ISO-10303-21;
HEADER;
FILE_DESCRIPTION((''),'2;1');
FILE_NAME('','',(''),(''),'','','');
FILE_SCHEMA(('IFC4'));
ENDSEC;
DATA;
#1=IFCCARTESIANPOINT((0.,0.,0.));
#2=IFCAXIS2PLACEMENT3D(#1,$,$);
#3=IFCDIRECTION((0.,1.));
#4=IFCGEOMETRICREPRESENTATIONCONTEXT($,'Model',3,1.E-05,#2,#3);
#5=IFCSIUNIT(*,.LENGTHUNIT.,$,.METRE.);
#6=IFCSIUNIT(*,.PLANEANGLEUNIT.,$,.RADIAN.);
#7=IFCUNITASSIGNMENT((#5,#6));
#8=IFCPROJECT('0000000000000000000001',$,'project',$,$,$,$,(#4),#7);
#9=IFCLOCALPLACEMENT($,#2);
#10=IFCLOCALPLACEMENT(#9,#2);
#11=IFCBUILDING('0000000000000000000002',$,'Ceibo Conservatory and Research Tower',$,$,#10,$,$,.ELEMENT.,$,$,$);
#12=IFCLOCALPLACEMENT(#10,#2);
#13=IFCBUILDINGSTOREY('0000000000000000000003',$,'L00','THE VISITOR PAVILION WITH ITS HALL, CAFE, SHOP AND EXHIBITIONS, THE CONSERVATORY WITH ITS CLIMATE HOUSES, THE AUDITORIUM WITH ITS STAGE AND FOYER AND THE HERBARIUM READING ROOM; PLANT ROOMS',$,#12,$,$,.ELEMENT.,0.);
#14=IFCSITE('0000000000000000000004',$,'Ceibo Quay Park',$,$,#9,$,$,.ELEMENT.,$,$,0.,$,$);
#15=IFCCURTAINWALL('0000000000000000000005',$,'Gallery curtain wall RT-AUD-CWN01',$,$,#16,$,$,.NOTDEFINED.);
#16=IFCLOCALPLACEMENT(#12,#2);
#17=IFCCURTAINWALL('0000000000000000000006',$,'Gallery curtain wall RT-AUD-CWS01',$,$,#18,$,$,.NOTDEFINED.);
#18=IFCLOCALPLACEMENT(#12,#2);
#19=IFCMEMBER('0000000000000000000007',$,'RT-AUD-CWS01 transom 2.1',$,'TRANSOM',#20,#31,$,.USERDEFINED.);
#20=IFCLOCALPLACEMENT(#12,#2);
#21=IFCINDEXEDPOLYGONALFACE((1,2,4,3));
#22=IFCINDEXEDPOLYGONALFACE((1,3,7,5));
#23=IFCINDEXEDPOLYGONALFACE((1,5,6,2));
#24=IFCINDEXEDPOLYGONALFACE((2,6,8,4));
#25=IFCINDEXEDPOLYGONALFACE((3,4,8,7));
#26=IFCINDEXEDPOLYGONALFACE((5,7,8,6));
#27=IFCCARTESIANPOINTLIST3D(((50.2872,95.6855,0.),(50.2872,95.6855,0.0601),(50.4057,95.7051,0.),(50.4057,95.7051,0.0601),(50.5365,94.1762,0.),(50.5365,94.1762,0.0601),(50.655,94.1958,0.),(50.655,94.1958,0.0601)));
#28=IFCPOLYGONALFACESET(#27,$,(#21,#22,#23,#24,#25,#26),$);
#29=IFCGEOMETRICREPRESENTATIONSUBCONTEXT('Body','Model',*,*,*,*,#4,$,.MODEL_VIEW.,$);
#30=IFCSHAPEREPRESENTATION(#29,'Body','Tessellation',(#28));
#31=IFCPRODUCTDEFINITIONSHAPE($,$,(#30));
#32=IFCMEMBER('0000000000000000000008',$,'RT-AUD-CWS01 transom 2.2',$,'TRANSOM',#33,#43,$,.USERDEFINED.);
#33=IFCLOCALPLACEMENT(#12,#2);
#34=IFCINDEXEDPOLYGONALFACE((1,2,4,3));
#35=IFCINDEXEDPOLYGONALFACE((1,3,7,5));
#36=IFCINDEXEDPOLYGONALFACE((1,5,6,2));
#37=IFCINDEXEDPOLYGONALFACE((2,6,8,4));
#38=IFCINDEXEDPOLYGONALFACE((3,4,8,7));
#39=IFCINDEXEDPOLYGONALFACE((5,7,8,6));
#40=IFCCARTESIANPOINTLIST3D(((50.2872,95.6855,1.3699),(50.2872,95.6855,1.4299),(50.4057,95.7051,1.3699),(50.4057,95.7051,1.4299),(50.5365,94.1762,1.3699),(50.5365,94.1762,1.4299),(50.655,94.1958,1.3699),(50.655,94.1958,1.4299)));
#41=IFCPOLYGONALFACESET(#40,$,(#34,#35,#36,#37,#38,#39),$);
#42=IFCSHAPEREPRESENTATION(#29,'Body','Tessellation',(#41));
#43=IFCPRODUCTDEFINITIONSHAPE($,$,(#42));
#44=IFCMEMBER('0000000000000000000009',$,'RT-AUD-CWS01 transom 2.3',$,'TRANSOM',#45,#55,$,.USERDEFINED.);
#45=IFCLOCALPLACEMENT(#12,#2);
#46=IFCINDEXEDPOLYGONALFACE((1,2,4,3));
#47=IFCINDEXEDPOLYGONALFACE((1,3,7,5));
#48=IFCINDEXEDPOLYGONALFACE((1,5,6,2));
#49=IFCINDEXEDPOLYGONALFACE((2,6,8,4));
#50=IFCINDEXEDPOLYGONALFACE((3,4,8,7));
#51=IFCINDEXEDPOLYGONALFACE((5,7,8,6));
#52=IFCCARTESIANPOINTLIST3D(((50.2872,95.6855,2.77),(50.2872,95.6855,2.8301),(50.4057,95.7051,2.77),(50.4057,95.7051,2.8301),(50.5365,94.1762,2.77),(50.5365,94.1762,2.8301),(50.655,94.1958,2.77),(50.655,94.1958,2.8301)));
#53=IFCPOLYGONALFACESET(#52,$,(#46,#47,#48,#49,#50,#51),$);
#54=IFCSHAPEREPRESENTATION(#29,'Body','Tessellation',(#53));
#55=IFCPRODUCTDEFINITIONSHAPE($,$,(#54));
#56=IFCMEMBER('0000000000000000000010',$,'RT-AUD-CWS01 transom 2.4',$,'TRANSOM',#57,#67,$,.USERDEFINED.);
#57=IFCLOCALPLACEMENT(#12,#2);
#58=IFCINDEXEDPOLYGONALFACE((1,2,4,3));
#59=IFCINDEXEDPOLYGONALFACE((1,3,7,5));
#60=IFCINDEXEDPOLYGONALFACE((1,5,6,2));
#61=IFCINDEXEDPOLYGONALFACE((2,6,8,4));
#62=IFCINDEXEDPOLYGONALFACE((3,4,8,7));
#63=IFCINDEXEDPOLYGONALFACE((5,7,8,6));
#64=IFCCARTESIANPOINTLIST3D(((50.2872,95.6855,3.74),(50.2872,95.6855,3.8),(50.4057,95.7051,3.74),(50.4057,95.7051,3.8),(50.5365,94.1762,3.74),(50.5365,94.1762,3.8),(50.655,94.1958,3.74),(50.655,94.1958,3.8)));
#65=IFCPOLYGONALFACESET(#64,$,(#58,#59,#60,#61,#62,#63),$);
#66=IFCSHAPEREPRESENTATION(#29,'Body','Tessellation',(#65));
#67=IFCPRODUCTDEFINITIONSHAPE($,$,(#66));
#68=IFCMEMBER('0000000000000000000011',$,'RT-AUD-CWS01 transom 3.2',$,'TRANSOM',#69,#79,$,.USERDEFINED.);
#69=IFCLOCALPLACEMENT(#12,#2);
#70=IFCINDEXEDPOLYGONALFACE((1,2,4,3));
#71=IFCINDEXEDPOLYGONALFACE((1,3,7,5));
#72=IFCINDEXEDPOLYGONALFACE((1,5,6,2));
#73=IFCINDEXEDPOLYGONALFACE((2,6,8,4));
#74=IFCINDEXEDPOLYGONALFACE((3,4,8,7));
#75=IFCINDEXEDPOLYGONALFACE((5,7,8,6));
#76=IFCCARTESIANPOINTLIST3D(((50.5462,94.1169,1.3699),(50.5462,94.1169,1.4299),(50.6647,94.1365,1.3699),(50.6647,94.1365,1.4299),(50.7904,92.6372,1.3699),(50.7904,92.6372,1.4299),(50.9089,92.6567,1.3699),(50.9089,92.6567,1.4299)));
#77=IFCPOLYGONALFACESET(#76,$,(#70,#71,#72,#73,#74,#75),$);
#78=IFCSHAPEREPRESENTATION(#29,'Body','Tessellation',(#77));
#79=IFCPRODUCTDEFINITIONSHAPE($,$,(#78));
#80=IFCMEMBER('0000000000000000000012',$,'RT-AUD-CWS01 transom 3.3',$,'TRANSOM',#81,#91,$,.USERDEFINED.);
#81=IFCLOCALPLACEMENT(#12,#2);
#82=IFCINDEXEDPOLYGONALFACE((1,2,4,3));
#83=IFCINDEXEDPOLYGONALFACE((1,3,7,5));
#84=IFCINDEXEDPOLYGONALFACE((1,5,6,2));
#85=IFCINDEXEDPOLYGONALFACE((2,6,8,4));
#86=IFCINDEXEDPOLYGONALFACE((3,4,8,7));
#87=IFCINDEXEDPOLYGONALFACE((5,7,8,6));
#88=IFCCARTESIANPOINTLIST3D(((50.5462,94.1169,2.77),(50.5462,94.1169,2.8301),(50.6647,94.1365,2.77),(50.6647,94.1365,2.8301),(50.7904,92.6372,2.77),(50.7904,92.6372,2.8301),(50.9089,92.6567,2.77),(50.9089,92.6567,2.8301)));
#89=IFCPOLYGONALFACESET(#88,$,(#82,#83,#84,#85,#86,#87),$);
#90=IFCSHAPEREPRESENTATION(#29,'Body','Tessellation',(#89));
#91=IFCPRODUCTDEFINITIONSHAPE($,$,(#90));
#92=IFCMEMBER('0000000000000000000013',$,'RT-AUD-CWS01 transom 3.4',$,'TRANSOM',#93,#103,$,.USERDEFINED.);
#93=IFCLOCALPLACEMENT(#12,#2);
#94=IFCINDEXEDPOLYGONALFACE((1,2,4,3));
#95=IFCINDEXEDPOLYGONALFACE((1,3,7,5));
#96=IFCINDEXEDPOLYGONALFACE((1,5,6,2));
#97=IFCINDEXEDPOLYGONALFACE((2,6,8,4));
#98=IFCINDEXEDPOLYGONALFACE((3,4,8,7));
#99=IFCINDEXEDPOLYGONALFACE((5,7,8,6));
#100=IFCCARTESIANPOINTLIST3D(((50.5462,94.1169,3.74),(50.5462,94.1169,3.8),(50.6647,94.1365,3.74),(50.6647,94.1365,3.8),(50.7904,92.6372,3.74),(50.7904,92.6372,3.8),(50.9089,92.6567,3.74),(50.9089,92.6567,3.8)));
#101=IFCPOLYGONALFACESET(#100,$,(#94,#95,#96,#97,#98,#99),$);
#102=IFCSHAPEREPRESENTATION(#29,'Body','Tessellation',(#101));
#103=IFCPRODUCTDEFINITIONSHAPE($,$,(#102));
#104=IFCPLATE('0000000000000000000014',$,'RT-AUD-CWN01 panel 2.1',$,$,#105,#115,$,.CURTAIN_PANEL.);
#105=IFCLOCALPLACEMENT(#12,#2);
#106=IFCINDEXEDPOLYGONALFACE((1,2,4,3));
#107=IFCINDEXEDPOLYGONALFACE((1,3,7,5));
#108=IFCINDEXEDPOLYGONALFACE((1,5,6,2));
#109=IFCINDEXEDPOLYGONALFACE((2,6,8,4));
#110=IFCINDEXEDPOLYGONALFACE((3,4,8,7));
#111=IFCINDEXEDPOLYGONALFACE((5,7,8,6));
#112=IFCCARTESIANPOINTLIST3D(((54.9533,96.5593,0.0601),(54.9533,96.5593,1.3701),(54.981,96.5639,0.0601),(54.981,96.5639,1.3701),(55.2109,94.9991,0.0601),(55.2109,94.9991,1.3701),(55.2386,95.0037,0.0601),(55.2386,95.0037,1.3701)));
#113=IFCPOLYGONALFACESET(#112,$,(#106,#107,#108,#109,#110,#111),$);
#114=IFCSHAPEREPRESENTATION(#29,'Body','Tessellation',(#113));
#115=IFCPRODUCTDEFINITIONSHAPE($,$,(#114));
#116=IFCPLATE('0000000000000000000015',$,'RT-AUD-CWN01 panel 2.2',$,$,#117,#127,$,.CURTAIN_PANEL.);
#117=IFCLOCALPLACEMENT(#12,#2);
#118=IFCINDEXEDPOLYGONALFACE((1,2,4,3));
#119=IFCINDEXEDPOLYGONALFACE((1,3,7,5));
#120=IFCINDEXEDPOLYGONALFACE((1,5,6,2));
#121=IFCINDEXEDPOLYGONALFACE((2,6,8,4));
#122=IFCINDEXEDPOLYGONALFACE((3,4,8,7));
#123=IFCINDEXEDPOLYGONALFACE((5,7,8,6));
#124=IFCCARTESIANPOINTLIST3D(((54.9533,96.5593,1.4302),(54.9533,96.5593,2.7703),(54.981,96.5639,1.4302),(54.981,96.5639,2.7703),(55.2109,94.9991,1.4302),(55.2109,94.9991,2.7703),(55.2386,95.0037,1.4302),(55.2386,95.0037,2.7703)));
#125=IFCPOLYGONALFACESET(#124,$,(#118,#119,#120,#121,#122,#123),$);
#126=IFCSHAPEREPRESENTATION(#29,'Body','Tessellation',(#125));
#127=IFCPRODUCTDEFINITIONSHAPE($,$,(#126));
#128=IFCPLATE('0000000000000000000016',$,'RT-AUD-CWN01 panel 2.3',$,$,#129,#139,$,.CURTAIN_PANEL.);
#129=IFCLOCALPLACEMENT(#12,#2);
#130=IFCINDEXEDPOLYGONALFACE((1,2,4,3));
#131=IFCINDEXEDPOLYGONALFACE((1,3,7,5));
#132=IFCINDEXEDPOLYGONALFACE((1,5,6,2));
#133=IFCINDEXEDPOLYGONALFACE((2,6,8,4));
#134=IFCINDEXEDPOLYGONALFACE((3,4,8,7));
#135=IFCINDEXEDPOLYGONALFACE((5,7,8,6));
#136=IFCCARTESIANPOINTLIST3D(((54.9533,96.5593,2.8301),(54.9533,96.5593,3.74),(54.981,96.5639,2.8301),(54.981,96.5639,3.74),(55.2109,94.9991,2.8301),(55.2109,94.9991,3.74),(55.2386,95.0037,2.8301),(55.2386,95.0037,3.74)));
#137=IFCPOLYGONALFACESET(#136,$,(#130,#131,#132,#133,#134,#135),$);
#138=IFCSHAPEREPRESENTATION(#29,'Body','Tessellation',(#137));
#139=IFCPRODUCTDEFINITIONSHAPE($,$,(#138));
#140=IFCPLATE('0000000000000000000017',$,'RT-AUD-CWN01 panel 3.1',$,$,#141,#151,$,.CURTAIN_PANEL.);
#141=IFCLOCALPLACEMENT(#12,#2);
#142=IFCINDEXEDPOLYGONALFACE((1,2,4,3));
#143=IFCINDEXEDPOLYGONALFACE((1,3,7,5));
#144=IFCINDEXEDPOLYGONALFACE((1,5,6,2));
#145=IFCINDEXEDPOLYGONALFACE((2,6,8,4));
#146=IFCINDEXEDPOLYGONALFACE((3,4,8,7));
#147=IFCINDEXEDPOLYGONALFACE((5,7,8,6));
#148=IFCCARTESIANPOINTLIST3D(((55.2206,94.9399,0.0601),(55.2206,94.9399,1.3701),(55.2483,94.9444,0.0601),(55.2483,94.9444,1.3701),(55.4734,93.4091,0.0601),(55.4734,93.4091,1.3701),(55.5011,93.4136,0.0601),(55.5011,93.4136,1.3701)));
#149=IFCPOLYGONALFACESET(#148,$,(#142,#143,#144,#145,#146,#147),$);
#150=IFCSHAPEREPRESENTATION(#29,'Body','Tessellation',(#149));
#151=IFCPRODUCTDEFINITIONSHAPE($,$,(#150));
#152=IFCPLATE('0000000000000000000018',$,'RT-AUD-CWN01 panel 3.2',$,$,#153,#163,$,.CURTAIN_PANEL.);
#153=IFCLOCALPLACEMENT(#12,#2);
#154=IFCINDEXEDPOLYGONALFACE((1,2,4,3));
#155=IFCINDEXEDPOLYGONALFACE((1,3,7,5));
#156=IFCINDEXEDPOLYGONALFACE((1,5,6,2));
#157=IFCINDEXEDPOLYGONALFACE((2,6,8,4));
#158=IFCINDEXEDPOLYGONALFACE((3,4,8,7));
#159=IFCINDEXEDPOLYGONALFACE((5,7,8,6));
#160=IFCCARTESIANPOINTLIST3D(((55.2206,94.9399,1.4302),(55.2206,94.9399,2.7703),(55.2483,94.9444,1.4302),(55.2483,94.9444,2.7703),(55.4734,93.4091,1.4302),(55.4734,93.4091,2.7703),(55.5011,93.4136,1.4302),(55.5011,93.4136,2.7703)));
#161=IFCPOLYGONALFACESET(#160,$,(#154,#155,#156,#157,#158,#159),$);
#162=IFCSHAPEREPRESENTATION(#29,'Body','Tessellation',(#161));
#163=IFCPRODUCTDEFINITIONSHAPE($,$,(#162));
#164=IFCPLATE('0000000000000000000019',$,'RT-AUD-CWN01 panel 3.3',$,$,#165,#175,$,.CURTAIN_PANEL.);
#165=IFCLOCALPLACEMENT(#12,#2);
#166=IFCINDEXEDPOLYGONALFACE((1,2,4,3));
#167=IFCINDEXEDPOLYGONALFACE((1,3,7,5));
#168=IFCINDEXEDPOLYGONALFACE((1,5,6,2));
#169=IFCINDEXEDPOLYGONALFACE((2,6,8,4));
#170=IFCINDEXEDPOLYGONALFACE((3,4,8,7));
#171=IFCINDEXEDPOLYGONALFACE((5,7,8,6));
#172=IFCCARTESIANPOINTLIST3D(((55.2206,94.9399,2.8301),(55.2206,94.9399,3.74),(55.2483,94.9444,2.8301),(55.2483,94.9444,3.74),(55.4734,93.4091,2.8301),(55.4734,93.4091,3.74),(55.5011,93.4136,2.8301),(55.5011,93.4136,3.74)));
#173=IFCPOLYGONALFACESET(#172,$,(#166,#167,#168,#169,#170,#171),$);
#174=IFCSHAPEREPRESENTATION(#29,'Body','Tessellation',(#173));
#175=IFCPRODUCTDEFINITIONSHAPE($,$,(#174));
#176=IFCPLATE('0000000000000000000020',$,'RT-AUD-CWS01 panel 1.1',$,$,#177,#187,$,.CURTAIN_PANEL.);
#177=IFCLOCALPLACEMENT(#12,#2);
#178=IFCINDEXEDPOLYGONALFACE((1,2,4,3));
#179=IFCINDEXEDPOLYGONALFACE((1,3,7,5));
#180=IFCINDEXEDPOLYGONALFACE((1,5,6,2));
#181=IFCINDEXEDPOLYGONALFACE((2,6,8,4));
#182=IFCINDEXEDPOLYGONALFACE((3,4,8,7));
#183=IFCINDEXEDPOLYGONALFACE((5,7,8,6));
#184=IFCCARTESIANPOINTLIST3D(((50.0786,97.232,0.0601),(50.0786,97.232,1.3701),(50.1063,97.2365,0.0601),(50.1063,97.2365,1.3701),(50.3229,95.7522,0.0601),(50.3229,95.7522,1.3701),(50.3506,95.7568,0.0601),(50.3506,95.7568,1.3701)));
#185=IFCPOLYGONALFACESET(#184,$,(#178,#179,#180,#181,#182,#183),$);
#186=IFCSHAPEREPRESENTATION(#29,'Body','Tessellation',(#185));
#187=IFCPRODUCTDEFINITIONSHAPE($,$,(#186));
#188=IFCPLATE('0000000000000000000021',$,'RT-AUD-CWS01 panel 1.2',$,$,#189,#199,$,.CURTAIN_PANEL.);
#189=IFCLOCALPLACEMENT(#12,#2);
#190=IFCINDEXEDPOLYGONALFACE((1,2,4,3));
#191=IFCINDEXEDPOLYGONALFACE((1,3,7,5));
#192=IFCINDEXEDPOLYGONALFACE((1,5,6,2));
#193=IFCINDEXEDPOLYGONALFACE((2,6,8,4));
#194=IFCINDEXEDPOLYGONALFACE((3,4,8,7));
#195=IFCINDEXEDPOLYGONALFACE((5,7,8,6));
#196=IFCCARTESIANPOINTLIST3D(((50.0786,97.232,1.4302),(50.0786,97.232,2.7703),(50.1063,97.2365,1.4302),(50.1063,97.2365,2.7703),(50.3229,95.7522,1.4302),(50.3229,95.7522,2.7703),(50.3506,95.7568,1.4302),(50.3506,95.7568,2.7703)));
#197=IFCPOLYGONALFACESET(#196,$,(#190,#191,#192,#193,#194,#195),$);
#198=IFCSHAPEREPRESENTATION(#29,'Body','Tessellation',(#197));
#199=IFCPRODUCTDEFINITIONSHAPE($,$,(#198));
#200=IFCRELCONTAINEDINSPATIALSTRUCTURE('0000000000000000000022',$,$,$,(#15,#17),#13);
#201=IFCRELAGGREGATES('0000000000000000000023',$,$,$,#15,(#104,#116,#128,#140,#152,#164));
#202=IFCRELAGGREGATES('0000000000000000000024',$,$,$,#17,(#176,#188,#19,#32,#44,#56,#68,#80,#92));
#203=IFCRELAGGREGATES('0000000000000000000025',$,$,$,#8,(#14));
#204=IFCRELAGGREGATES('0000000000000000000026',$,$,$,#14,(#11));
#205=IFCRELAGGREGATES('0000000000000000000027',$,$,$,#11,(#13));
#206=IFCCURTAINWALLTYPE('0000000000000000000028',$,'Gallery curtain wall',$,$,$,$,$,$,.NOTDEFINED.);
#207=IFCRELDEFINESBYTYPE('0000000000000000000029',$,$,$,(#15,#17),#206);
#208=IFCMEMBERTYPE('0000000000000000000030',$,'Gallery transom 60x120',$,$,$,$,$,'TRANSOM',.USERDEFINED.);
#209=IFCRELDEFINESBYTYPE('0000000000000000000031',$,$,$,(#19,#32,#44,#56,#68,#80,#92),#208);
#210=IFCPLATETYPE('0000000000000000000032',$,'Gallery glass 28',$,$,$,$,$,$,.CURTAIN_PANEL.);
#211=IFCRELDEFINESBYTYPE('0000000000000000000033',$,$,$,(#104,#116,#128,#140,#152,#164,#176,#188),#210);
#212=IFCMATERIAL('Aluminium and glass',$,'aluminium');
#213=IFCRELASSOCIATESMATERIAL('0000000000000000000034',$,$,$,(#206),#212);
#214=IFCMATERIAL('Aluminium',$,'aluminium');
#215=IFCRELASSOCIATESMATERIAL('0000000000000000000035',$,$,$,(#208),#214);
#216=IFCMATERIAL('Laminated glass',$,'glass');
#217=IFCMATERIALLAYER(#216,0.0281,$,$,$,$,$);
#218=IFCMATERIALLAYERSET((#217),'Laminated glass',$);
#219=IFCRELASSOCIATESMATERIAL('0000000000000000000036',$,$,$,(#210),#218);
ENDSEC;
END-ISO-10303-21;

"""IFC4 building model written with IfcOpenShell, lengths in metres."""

from ifc_helpers import new_model, si_unit, direction, frame, origin, origin_2d, place, context, subcontext, project, spatial, rectangle, extrude, material, layer, layer_set, material_profile, profile_set, type_object, element, aggregate, save


model = new_model("IFC4")

# Units and contexts
model_context = context("Model", 3, precision=1e-05, world=origin(), true_north=direction((0.0, 1.0)))
body_context = subcontext(model_context, "Body", "Model", "MODEL_VIEW")
ifc_project = project(units=[si_unit("LENGTHUNIT", "METRE"), si_unit("PLANEANGLEUNIT", "RADIAN")], contexts=[model_context])

# Site, building, storey
site_placement = place(None, origin())
site = spatial("IfcSite", under=ifc_project, at=site_placement, Name="Ceibo Quay Park", CompositionType="ELEMENT", RefElevation=0.0)
building_placement = place(site_placement, origin())
building = spatial("IfcBuilding", under=site, at=building_placement, Name="Ceibo Conservatory and Research Tower", CompositionType="ELEMENT")
storey_placement = place(building_placement, origin())
storey = spatial("IfcBuildingStorey", under=building, at=storey_placement, Name="L00", Description="THE VISITOR PAVILION WITH ITS HALL, CAFE, SHOP AND EXHIBITIONS, THE CONSERVATORY WITH ITS CLIMATE HOUSES, THE AUDITORIUM WITH ITS STAGE AND FOYER AND THE HERBARIUM READING ROOM; PLANT ROOMS", CompositionType="ELEMENT", Elevation=0.0)

# Curtain walls
ifc_material_1 = material(Name="Aluminium and glass", Category="aluminium")
curtain_wall_type = type_object("IfcCurtainWallType", Name="Gallery curtain wall", PredefinedType="NOTDEFINED", material=ifc_material_1)
curtain_wall_1_placement = place(storey_placement, origin())
curtain_wall_1 = element("IfcCurtainWall", 1, at=curtain_wall_1_placement, inside=storey, type_object=curtain_wall_type, Name="Gallery curtain wall RT-AUD-CWN01", PredefinedType="NOTDEFINED")
ifc_material_2 = material(Name="Aluminium", Category="aluminium")
curtain_wall_2_placement = place(storey_placement, origin())
curtain_wall_2 = element("IfcCurtainWall", 2, at=curtain_wall_2_placement, inside=storey, type_object=curtain_wall_type, Name="Gallery curtain wall RT-AUD-CWS01", PredefinedType="NOTDEFINED")

# Members
ifc_material_profile_1 = material_profile(ifc_material_2, rectangle(XDim=0.1201, YDim=0.0601, at=origin_2d()), Name="AL 60x120")
ifc_profile_set_1 = profile_set([ifc_material_profile_1], Name="Aluminium")
member_type_1 = type_object("IfcMemberType", Name="Gallery transom 60x120", ElementType="TRANSOM", PredefinedType="USERDEFINED", material=ifc_profile_set_1)
member_1_placement = place(storey_placement, frame((50.3464, 95.6953, 0.03), z_axis=(0.162949, -0.986634, 0.0), x_axis=(0.986634, 0.162949, 0.0)))
member_1 = element("IfcMember", 3, at=member_1_placement, type_object=member_type_1, Name="RT-AUD-CWS01 transom 2.1", ObjectType="TRANSOM", PredefinedType="USERDEFINED", context=body_context, shape_type="SweptSolid", body=[
    extrude(rectangle(XDim=0.1201, YDim=0.0601, at=origin_2d()), origin(), (0.0, 0.0, 1.0), 1.5298),
])
member_2_placement = place(storey_placement, frame((50.3464, 95.6953, 1.3999), z_axis=(0.162949, -0.986634, 0.0), x_axis=(0.986634, 0.162949, 0.0)))
member_2 = element("IfcMember", 4, at=member_2_placement, type_object=member_type_1, Name="RT-AUD-CWS01 transom 2.2", ObjectType="TRANSOM", PredefinedType="USERDEFINED", context=body_context, shape_type="SweptSolid", body=[
    extrude(rectangle(XDim=0.1201, YDim=0.0601, at=origin_2d()), origin(), (0.0, 0.0, 1.0), 1.5298),
])
member_3_placement = place(storey_placement, frame((50.3464, 95.6953, 2.8), z_axis=(0.162949, -0.986634, 0.0), x_axis=(0.986634, 0.162949, 0.0)))
member_3 = element("IfcMember", 5, at=member_3_placement, type_object=member_type_1, Name="RT-AUD-CWS01 transom 2.3", ObjectType="TRANSOM", PredefinedType="USERDEFINED", context=body_context, shape_type="SweptSolid", body=[
    extrude(rectangle(XDim=0.1201, YDim=0.0601, at=origin_2d()), origin(), (0.0, 0.0, 1.0), 1.5298),
])
member_4_placement = place(storey_placement, frame((50.3464, 95.6953, 3.77), z_axis=(0.162949, -0.986634, 0.0), x_axis=(0.986634, 0.162949, 0.0)))
member_4 = element("IfcMember", 6, at=member_4_placement, type_object=member_type_1, Name="RT-AUD-CWS01 transom 2.4", ObjectType="TRANSOM", PredefinedType="USERDEFINED", context=body_context, shape_type="SweptSolid", body=[
    extrude(rectangle(XDim=0.1201, YDim=0.0601, at=origin_2d()), origin(), (0.0, 0.0, 1.0), 1.5298),
])
member_5_placement = place(storey_placement, frame((50.6055, 94.1267, 1.3999), z_axis=(0.162788, -0.986661, 0.0), x_axis=(0.986661, 0.162788, 0.0)))
member_5 = element("IfcMember", 7, at=member_5_placement, type_object=member_type_1, Name="RT-AUD-CWS01 transom 3.2", ObjectType="TRANSOM", PredefinedType="USERDEFINED", context=body_context, shape_type="SweptSolid", body=[
    extrude(rectangle(XDim=0.1201, YDim=0.0601, at=origin_2d()), origin(), (0.0, 0.0, 1.0), 1.4998),
])
member_6_placement = place(storey_placement, frame((50.6055, 94.1267, 2.8), z_axis=(0.162788, -0.986661, 0.0), x_axis=(0.986661, 0.162788, 0.0)))
member_6 = element("IfcMember", 8, at=member_6_placement, type_object=member_type_1, Name="RT-AUD-CWS01 transom 3.3", ObjectType="TRANSOM", PredefinedType="USERDEFINED", context=body_context, shape_type="SweptSolid", body=[
    extrude(rectangle(XDim=0.1201, YDim=0.0601, at=origin_2d()), origin(), (0.0, 0.0, 1.0), 1.4998),
])
member_7_placement = place(storey_placement, frame((50.6055, 94.1267, 3.77), z_axis=(0.162788, -0.986661, 0.0), x_axis=(0.986661, 0.162788, 0.0)))
member_7 = element("IfcMember", 9, at=member_7_placement, type_object=member_type_1, Name="RT-AUD-CWS01 transom 3.4", ObjectType="TRANSOM", PredefinedType="USERDEFINED", context=body_context, shape_type="SweptSolid", body=[
    extrude(rectangle(XDim=0.1201, YDim=0.0601, at=origin_2d()), origin(), (0.0, 0.0, 1.0), 1.4998),
])

# Plates
ifc_material_3 = material(Name="Laminated glass", Category="glass")
ifc_layer = layer(ifc_material_3, 0.0281)
ifc_layer_set = layer_set([ifc_layer], Name="Laminated glass")
plate_type = type_object("IfcPlateType", Name="Gallery glass 28", PredefinedType="CURTAIN_PANEL", material=ifc_layer_set)
plate_1_placement = place(storey_placement, frame((55.0959, 95.7815, 0.0601), z_axis=(0.0, 0.0, 1.0), x_axis=(0.162895, -0.986643, 0.0)))
plate_1 = element("IfcPlate", 10, at=plate_1_placement, type_object=plate_type, Name="RT-AUD-CWN01 panel 2.1", PredefinedType="CURTAIN_PANEL", context=body_context, shape_type="SweptSolid", body=[
    extrude(rectangle(XDim=1.5813, YDim=0.0281, at=origin_2d()), origin(), (0.0, 0.0, 1.0), 1.3101),
])
plate_2_placement = place(storey_placement, frame((55.0959, 95.7815, 1.4302), z_axis=(0.0, 0.0, 1.0), x_axis=(0.162895, -0.986643, 0.0)))
plate_2 = element("IfcPlate", 11, at=plate_2_placement, type_object=plate_type, Name="RT-AUD-CWN01 panel 2.2", PredefinedType="CURTAIN_PANEL", context=body_context, shape_type="SweptSolid", body=[
    extrude(rectangle(XDim=1.5813, YDim=0.0281, at=origin_2d()), origin(), (0.0, 0.0, 1.0), 1.3401),
])
plate_3_placement = place(storey_placement, frame((55.0959, 95.7815, 2.8301), z_axis=(0.0, 0.0, 1.0), x_axis=(0.162895, -0.986643, 0.0)))
plate_3 = element("IfcPlate", 12, at=plate_3_placement, type_object=plate_type, Name="RT-AUD-CWN01 panel 2.3", PredefinedType="CURTAIN_PANEL", context=body_context, shape_type="SweptSolid", body=[
    extrude(rectangle(XDim=1.5813, YDim=0.0281, at=origin_2d()), origin(), (0.0, 0.0, 1.0), 0.9099),
])
plate_4_placement = place(storey_placement, frame((55.3608, 94.1768, 0.0601), z_axis=(0.0, 0.0, 1.0), x_axis=(0.162895, -0.986643, 0.0)))
plate_4 = element("IfcPlate", 13, at=plate_4_placement, type_object=plate_type, Name="RT-AUD-CWN01 panel 3.1", PredefinedType="CURTAIN_PANEL", context=body_context, shape_type="SweptSolid", body=[
    extrude(rectangle(XDim=1.5515, YDim=0.0281, at=origin_2d()), origin(), (0.0, 0.0, 1.0), 1.3101),
])
plate_5_placement = place(storey_placement, frame((55.3608, 94.1768, 1.4302), z_axis=(0.0, 0.0, 1.0), x_axis=(0.162895, -0.986643, 0.0)))
plate_5 = element("IfcPlate", 14, at=plate_5_placement, type_object=plate_type, Name="RT-AUD-CWN01 panel 3.2", PredefinedType="CURTAIN_PANEL", context=body_context, shape_type="SweptSolid", body=[
    extrude(rectangle(XDim=1.5515, YDim=0.0281, at=origin_2d()), origin(), (0.0, 0.0, 1.0), 1.3401),
])
plate_6_placement = place(storey_placement, frame((55.3608, 94.1768, 2.8301), z_axis=(0.0, 0.0, 1.0), x_axis=(0.162895, -0.986643, 0.0)))
plate_6 = element("IfcPlate", 15, at=plate_6_placement, type_object=plate_type, Name="RT-AUD-CWN01 panel 3.3", PredefinedType="CURTAIN_PANEL", context=body_context, shape_type="SweptSolid", body=[
    extrude(rectangle(XDim=1.5515, YDim=0.0281, at=origin_2d()), origin(), (0.0, 0.0, 1.0), 0.9099),
])
aggregate(curtain_wall_1, [plate_1, plate_2, plate_3, plate_4, plate_5, plate_6])
plate_7_placement = place(storey_placement, frame((50.2146, 96.4944, 0.0601), z_axis=(0.0, 0.0, 1.0), x_axis=(0.162895, -0.986643, 0.0)))
plate_7 = element("IfcPlate", 16, at=plate_7_placement, type_object=plate_type, Name="RT-AUD-CWS01 panel 1.1", PredefinedType="CURTAIN_PANEL", context=body_context, shape_type="SweptSolid", body=[
    extrude(rectangle(XDim=1.4998, YDim=0.0281, at=origin_2d()), origin(), (0.0, 0.0, 1.0), 1.3101),
])
plate_8_placement = place(storey_placement, frame((50.2146, 96.4944, 1.4302), z_axis=(0.0, 0.0, 1.0), x_axis=(0.162895, -0.986643, 0.0)))
plate_8 = element("IfcPlate", 17, at=plate_8_placement, type_object=plate_type, Name="RT-AUD-CWS01 panel 1.2", PredefinedType="CURTAIN_PANEL", context=body_context, shape_type="SweptSolid", body=[
    extrude(rectangle(XDim=1.4998, YDim=0.0281, at=origin_2d()), origin(), (0.0, 0.0, 1.0), 1.3401),
])
aggregate(curtain_wall_2, [plate_7, plate_8, member_1, member_2, member_3, member_4, member_5, member_6, member_7])

save(model, "model.ifc")
